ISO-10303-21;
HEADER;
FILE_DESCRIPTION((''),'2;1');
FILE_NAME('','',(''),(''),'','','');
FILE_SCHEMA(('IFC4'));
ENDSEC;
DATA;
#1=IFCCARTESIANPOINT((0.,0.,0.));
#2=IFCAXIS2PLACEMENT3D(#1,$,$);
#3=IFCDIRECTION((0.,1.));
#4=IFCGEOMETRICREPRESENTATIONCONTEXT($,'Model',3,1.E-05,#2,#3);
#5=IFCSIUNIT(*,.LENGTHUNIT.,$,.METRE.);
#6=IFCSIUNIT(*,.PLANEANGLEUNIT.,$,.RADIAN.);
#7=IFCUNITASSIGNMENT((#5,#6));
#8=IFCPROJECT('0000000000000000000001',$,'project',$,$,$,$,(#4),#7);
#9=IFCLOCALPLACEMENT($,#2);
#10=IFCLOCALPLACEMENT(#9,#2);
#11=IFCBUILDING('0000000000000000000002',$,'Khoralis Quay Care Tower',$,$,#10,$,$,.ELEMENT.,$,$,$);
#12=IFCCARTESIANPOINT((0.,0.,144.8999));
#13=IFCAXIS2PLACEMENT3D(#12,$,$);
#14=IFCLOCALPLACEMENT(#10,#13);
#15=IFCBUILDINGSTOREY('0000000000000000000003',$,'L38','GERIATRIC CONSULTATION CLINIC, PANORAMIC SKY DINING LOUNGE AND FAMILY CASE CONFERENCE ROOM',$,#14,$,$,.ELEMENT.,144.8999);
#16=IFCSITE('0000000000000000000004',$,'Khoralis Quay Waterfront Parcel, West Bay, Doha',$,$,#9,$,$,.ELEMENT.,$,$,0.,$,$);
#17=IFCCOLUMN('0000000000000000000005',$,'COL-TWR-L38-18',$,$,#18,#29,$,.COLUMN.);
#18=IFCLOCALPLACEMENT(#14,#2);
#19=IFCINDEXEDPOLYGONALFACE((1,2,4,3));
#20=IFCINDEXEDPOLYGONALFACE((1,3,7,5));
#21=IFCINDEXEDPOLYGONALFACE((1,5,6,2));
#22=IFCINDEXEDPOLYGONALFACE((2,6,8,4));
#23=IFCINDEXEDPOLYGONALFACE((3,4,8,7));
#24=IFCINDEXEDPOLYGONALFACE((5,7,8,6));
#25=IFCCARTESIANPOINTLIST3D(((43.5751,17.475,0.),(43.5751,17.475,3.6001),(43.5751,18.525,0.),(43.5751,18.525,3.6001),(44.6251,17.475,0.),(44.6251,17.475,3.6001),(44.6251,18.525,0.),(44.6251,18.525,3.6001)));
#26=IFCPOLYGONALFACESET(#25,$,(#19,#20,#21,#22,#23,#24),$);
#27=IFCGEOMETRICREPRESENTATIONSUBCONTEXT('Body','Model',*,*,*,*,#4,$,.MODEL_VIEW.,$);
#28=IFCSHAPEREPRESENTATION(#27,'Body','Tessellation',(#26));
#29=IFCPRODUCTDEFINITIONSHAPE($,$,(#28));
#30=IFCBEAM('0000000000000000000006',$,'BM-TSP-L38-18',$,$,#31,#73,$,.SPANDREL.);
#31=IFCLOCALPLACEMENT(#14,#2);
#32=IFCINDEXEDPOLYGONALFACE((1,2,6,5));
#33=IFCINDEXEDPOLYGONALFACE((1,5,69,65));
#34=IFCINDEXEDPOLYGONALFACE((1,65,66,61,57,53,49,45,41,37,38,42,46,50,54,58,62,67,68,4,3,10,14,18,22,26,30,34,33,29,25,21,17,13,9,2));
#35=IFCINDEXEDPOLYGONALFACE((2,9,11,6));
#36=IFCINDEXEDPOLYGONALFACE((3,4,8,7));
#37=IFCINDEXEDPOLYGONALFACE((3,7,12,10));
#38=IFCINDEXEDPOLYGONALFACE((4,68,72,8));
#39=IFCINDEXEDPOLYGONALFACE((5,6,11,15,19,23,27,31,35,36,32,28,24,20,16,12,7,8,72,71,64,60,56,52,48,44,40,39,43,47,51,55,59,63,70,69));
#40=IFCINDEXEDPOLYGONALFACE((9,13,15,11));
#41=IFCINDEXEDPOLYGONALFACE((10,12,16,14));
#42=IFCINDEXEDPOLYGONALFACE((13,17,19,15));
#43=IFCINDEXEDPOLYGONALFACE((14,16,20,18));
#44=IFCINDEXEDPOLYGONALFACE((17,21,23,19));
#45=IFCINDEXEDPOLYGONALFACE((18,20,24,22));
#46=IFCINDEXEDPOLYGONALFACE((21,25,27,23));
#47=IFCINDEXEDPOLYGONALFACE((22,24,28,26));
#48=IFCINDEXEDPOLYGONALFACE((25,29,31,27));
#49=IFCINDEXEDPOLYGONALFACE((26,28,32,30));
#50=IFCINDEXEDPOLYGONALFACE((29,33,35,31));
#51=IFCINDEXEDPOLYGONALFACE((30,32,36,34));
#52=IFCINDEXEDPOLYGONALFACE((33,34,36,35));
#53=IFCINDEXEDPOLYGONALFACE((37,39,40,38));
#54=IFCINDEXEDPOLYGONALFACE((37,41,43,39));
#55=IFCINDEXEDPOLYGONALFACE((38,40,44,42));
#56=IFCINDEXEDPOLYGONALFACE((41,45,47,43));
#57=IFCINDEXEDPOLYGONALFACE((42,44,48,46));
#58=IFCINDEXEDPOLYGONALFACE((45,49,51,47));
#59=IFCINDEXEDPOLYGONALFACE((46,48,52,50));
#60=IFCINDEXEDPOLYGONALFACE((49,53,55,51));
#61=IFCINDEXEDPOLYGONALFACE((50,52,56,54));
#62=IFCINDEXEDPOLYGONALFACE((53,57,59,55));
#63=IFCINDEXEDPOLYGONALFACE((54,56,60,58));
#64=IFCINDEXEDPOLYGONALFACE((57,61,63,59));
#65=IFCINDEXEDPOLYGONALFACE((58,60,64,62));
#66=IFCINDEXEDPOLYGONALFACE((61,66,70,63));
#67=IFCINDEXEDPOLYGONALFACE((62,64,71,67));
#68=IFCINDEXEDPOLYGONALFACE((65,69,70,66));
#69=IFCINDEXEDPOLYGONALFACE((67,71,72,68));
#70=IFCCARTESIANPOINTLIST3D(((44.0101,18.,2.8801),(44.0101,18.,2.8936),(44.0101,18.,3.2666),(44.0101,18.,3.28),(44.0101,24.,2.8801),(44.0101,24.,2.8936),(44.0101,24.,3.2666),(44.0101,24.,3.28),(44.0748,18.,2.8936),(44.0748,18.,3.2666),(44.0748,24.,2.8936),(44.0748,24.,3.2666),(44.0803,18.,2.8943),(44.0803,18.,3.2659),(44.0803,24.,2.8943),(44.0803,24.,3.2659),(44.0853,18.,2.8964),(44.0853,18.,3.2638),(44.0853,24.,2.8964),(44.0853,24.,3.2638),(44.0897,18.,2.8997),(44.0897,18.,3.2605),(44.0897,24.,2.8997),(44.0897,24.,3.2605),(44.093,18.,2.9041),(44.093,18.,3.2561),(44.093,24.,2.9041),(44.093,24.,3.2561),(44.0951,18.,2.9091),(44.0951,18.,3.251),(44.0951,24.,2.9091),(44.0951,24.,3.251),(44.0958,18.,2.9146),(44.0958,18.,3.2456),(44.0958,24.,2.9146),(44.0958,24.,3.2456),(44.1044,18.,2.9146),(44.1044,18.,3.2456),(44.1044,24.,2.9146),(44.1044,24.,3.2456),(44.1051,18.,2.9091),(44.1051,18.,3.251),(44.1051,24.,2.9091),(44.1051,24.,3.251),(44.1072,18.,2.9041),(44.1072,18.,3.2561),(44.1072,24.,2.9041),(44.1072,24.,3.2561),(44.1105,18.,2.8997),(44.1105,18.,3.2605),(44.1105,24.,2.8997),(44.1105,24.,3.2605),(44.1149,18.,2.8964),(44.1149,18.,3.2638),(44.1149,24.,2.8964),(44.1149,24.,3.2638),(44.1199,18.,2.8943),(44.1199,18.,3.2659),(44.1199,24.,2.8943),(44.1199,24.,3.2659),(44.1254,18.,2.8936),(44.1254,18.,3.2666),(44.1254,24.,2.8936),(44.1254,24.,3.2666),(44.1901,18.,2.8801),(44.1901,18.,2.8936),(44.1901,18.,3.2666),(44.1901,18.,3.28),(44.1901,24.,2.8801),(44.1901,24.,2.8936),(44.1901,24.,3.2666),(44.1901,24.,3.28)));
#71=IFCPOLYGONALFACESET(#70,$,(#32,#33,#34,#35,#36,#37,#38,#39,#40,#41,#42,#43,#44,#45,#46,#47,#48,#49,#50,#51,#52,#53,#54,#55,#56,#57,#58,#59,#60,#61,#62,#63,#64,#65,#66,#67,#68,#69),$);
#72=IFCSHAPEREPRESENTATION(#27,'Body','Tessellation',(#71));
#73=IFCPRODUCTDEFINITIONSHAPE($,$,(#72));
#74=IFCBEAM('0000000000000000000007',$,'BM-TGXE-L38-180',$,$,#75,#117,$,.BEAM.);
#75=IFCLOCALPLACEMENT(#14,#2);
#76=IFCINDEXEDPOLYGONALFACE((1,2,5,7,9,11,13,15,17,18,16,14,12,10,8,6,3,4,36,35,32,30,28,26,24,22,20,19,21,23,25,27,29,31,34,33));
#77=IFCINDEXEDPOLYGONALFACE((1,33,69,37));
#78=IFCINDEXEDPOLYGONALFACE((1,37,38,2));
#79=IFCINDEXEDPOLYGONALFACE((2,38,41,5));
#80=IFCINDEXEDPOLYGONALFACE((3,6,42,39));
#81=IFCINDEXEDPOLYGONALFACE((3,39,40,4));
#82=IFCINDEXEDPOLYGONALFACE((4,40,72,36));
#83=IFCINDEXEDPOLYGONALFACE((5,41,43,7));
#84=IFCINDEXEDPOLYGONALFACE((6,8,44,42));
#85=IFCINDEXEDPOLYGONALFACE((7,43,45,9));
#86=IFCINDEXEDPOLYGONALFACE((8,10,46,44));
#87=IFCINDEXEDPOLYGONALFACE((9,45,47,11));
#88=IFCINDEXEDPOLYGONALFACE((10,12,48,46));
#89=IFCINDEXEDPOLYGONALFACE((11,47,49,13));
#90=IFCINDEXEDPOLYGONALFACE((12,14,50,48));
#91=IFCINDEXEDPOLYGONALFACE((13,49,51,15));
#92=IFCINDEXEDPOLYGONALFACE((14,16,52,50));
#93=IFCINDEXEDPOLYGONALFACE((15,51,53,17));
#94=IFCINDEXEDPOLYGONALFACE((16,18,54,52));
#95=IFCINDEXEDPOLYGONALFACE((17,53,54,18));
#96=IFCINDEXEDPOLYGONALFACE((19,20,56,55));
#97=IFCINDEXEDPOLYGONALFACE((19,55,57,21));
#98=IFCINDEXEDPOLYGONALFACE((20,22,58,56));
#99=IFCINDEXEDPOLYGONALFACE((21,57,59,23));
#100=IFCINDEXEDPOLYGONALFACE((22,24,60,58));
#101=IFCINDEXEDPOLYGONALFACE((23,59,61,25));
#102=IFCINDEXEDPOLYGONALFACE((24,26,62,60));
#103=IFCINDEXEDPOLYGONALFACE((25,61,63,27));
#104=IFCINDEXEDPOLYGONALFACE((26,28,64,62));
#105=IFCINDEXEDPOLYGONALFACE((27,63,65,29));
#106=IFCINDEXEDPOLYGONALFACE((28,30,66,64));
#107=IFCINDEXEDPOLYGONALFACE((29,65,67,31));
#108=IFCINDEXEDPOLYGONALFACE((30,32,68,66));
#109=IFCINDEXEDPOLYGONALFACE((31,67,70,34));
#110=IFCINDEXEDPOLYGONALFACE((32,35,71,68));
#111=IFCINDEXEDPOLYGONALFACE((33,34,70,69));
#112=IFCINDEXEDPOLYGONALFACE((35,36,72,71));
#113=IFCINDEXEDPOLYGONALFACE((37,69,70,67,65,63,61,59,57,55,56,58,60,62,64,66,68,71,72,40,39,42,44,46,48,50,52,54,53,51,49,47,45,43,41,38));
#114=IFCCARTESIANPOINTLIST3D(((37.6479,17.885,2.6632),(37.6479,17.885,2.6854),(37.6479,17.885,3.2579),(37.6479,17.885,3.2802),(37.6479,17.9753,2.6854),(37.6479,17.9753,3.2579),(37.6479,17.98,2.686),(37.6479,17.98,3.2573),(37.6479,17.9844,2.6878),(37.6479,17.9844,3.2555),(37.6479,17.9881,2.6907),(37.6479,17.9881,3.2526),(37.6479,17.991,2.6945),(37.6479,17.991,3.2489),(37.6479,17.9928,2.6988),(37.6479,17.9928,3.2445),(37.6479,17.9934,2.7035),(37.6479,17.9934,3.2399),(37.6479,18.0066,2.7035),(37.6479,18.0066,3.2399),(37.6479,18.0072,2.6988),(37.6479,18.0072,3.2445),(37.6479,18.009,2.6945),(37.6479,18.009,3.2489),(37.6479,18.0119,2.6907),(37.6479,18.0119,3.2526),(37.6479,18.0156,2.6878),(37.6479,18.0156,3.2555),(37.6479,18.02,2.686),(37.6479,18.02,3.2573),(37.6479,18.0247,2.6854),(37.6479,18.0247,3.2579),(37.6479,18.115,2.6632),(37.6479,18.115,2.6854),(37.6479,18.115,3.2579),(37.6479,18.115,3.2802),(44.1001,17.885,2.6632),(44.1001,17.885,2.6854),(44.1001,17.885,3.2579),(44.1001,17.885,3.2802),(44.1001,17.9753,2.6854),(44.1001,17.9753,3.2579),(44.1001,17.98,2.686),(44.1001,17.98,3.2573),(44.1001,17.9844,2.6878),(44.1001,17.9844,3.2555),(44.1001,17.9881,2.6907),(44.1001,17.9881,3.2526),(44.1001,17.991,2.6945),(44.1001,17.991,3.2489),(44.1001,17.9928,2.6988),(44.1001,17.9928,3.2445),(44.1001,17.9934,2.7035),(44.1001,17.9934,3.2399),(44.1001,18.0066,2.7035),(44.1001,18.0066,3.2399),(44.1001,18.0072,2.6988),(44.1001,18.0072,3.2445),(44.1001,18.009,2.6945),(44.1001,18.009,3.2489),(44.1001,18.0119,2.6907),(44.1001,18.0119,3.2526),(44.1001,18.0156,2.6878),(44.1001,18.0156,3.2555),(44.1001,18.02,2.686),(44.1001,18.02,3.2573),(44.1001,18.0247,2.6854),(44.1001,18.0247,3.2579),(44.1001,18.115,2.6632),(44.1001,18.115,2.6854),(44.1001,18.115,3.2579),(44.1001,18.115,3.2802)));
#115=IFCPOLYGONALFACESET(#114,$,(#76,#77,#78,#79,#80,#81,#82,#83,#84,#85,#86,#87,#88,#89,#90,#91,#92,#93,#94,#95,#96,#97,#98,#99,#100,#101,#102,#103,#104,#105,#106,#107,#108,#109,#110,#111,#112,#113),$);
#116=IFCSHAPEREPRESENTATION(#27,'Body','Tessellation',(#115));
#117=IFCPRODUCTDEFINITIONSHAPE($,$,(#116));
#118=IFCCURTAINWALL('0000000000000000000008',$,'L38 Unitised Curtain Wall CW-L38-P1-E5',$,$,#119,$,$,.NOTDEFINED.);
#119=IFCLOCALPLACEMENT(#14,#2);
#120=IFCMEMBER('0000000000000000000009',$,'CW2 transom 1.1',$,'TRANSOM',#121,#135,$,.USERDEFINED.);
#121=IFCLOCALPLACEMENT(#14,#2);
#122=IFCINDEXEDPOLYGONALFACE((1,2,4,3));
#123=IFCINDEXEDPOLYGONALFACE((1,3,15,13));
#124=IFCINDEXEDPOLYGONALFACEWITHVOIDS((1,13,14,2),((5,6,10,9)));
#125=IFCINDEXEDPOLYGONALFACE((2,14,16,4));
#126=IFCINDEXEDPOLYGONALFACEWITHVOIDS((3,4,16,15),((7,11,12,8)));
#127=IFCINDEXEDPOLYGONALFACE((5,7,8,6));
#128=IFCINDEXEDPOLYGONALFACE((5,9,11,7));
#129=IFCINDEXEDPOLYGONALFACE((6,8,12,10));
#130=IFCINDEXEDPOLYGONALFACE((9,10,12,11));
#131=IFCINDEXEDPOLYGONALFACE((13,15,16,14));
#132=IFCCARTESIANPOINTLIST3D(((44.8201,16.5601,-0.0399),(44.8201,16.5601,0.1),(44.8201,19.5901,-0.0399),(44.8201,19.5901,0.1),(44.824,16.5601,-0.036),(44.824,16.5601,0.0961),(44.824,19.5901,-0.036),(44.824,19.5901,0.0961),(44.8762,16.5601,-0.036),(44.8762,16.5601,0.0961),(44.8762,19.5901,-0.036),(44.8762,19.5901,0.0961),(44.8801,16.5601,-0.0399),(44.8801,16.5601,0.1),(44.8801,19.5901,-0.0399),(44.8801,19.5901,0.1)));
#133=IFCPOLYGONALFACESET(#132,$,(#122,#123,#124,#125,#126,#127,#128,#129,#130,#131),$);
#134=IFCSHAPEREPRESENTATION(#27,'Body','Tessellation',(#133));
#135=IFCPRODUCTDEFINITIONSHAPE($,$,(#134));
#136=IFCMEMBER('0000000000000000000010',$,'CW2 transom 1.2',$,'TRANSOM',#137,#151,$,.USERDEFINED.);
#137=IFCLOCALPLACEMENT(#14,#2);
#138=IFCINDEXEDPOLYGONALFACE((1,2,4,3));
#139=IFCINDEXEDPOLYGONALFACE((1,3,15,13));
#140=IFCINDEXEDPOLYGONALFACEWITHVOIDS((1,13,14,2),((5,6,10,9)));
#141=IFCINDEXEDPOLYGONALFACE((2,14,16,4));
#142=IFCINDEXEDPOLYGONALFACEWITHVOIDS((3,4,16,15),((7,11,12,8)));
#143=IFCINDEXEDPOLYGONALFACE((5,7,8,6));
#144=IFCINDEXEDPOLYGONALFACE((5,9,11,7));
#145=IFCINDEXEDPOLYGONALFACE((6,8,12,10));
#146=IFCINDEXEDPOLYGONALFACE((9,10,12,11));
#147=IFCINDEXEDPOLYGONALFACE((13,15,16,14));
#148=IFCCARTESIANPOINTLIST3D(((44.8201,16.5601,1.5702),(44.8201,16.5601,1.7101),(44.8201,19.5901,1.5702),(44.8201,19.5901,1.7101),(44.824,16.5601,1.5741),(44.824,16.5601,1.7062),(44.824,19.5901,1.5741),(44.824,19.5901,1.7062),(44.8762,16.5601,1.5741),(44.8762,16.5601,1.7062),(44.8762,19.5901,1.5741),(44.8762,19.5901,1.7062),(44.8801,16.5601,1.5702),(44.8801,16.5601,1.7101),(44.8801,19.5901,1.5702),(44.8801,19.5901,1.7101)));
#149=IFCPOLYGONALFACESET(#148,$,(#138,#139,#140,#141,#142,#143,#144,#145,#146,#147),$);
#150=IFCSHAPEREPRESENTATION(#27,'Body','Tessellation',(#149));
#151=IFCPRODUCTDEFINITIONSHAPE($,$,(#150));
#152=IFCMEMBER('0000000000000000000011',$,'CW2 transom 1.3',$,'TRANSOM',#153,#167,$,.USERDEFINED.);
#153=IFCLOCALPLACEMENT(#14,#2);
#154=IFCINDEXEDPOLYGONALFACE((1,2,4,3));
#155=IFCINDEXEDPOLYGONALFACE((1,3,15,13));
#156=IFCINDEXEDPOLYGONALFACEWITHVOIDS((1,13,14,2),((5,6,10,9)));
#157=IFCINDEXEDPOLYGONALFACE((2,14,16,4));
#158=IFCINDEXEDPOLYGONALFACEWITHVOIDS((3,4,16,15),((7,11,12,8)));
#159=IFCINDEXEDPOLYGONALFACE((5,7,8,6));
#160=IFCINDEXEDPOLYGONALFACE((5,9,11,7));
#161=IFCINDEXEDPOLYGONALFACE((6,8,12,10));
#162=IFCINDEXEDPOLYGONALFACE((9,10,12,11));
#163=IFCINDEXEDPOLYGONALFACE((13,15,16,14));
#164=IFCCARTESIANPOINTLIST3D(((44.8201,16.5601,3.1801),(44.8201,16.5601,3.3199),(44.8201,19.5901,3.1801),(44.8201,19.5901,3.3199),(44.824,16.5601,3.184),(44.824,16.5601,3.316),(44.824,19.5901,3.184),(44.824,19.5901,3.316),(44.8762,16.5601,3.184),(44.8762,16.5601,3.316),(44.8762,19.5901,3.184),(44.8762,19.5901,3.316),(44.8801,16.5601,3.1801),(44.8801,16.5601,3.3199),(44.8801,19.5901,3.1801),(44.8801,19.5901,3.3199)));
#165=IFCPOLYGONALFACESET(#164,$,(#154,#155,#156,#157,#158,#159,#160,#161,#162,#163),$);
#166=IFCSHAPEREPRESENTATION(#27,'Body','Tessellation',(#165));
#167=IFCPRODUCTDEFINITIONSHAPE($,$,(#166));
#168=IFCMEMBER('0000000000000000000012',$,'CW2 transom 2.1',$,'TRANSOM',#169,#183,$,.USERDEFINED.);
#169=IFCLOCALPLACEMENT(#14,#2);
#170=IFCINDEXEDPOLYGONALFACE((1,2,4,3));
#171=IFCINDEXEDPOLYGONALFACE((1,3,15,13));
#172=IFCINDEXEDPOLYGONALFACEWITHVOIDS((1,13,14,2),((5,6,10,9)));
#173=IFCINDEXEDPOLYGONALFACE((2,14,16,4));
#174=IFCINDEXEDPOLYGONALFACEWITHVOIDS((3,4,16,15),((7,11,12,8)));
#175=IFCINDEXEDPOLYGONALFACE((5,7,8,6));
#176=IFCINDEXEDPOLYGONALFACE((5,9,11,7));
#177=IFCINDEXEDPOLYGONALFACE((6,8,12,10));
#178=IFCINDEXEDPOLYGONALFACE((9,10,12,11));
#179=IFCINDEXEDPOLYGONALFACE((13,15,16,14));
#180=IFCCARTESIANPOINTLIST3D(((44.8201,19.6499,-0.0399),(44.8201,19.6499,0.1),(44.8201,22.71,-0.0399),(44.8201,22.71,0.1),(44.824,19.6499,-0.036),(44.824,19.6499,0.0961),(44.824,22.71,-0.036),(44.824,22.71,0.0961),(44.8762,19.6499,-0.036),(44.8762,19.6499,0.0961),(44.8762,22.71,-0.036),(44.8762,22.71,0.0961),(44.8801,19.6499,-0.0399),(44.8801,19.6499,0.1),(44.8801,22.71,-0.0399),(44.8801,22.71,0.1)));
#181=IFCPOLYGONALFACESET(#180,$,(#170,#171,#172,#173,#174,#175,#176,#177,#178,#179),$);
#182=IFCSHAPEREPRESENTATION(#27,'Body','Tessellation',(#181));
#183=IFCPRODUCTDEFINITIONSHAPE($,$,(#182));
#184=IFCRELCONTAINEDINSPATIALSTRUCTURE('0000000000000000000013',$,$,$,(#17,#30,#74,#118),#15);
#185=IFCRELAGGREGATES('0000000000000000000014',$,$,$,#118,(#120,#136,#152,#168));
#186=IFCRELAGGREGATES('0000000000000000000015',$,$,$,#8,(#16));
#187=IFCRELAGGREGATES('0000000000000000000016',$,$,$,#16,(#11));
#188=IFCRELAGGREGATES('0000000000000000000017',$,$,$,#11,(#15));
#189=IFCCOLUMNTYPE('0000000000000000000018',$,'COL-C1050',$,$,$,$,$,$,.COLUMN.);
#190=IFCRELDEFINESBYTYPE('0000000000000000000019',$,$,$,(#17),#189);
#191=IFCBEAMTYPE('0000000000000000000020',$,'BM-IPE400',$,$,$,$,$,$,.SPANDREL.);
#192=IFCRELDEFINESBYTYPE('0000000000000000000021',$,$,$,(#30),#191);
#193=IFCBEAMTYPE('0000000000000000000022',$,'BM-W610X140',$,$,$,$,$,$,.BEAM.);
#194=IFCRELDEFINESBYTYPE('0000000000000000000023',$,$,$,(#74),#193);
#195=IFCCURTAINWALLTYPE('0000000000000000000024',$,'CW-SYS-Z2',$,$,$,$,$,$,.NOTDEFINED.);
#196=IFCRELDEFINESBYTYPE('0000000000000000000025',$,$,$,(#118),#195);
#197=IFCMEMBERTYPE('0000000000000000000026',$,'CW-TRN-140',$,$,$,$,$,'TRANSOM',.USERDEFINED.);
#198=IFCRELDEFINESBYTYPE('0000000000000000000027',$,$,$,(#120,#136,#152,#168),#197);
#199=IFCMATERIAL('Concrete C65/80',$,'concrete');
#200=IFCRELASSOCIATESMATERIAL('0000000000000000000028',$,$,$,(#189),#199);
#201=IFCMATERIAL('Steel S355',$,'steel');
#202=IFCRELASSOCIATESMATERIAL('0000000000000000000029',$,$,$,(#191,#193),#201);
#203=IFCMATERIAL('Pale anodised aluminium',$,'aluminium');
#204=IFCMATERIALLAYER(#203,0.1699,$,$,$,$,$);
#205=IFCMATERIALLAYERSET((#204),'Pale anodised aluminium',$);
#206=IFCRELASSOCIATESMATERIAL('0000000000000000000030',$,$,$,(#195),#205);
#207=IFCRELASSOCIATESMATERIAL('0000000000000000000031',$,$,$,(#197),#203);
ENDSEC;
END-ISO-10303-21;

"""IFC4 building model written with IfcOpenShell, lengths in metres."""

from ifc_helpers import new_model, si_unit, direction, frame, origin, origin_2d, place, context, subcontext, project, spatial, rectangle, hollow_rectangle, i_section, extrude, source, transform, mapped, material, layer, layer_set, material_profile, profile_set, type_object, element, aggregate, save


model = new_model("IFC4")

# Units and contexts
model_context = context("Model", 3, precision=1e-05, world=origin(), true_north=direction((0.0, 1.0)))
body_context = subcontext(model_context, "Body", "Model", "MODEL_VIEW")
ifc_project = project(units=[si_unit("LENGTHUNIT", "METRE"), si_unit("PLANEANGLEUNIT", "RADIAN")], contexts=[model_context])

# Site, building, storey
site_placement = place(None, origin())
site = spatial("IfcSite", under=ifc_project, at=site_placement, Name="Khoralis Quay Waterfront Parcel, West Bay, Doha", CompositionType="ELEMENT", RefElevation=0.0)
building_placement = place(site_placement, origin())
building = spatial("IfcBuilding", under=site, at=building_placement, Name="Khoralis Quay Care Tower", CompositionType="ELEMENT")
storey_placement = place(building_placement, frame((0.0, 0.0, 144.8999)))
storey = spatial("IfcBuildingStorey", under=building, at=storey_placement, Name="L38", Description="GERIATRIC CONSULTATION CLINIC, PANORAMIC SKY DINING LOUNGE AND FAMILY CASE CONFERENCE ROOM", CompositionType="ELEMENT", Elevation=144.8999)

# Column
ifc_material_1 = material(Name="Concrete C65/80", Category="concrete")
ifc_material_profile_1 = material_profile(ifc_material_1, rectangle(XDim=1.05, YDim=1.05, at=origin_2d()), Name="Concrete C65/80")
ifc_profile_set_1 = profile_set([ifc_material_profile_1], Name="Concrete C65/80")
column_type = type_object("IfcColumnType", Name="COL-C1050", PredefinedType="COLUMN", material=ifc_profile_set_1)
shared_shape_1 = source(origin(), body_context, "Body", "SweptSolid", [
    extrude(rectangle(XDim=1.05, YDim=1.05, at=origin_2d()), origin(), (0.0, 0.0, 1.0), 3.6001),
])
column_placement = place(storey_placement, frame((44.1001, 18.0, 0.0), z_axis=(0.0, 0.0, 1.0), x_axis=(1.0, 0.0, 0.0)))
element("IfcColumn", 1, at=column_placement, inside=storey, type_object=column_type, Name="COL-TWR-L38-18", PredefinedType="COLUMN", context=body_context, shape_type="MappedRepresentation", body=[
    mapped(shared_shape_1, transform((0.0, 0.0, 0.0), scale=1.0)),
])

# Beams
ifc_material_2 = material(Name="Steel S355", Category="steel")
ifc_material_profile_2 = material_profile(ifc_material_2, i_section(OverallWidth=0.1799, OverallDepth=0.3999, WebThickness=0.0085, FlangeThickness=0.0134, FilletRadius=0.021, at=origin_2d()), Name="Steel S355")
ifc_profile_set_2 = profile_set([ifc_material_profile_2], Name="Steel S355")
beam_type_1 = type_object("IfcBeamType", Name="BM-IPE400", PredefinedType="SPANDREL", material=ifc_profile_set_2)
shared_shape_2 = source(origin(), body_context, "Body", "SweptSolid", [
    extrude(i_section(OverallWidth=0.1799, OverallDepth=0.3999, WebThickness=0.0085, FlangeThickness=0.0134, FilletRadius=0.021, at=origin_2d()), origin(), (0.0, 0.0, 1.0), 6.0),
])
beam_1_placement = place(storey_placement, frame((44.1001, 18.0, 3.0801), z_axis=(0.0, 1.0, 0.0), x_axis=(-1.0, 0.0, 0.0)))
element("IfcBeam", 2, at=beam_1_placement, inside=storey, type_object=beam_type_1, Name="BM-TSP-L38-18", PredefinedType="SPANDREL", context=body_context, shape_type="MappedRepresentation", body=[
    mapped(shared_shape_2, transform((0.0, 0.0, 0.0), scale=1.0)),
])
ifc_material_profile_3 = material_profile(ifc_material_2, i_section(OverallWidth=0.23, OverallDepth=0.6169, WebThickness=0.0132, FlangeThickness=0.0222, FilletRadius=0.0181, at=origin_2d()), Name="Steel S355")
ifc_profile_set_3 = profile_set([ifc_material_profile_3], Name="Steel S355")
beam_type_2 = type_object("IfcBeamType", Name="BM-W610X140", PredefinedType="BEAM", material=ifc_profile_set_3)
shared_shape_3 = source(origin(), body_context, "Body", "SweptSolid", [
    extrude(i_section(OverallWidth=0.23, OverallDepth=0.6169, WebThickness=0.0132, FlangeThickness=0.0222, FilletRadius=0.0181, at=origin_2d()), origin(), (0.0, 0.0, 1.0), 6.4521),
])
beam_2_placement = place(storey_placement, frame((37.6479, 18.0, 2.9717), z_axis=(1.0, 0.0, 0.0), x_axis=(0.0, 1.0, 0.0)))
element("IfcBeam", 3, at=beam_2_placement, inside=storey, type_object=beam_type_2, Name="BM-TGXE-L38-180", PredefinedType="BEAM", context=body_context, shape_type="MappedRepresentation", body=[
    mapped(shared_shape_3, transform((0.0, 0.0, 0.0), scale=1.0)),
])

# Curtain wall, members
ifc_material_3 = material(Name="Pale anodised aluminium", Category="aluminium")
ifc_layer_1 = layer(ifc_material_3, 0.1699)
ifc_layer_set_1 = layer_set([ifc_layer_1], Name="Pale anodised aluminium")
curtain_wall_type = type_object("IfcCurtainWallType", Name="CW-SYS-Z2", PredefinedType="NOTDEFINED", material=ifc_layer_set_1)
curtain_wall_placement = place(storey_placement, origin())
curtain_wall = element("IfcCurtainWall", 4, at=curtain_wall_placement, inside=storey, type_object=curtain_wall_type, Name="L38 Unitised Curtain Wall CW-L38-P1-E5", PredefinedType="NOTDEFINED")
ifc_material_profile_4 = material_profile(ifc_material_3, hollow_rectangle(XDim=0.0601, YDim=0.1399, WallThickness=0.0039, at=origin_2d()), Name="Pale anodised aluminium")
ifc_profile_set_4 = profile_set([ifc_material_profile_4], Name="Pale anodised aluminium")
member_type_1 = type_object("IfcMemberType", Name="CW-TRN-140", ElementType="TRANSOM", PredefinedType="USERDEFINED", material=ifc_profile_set_4)
shared_shape_4 = source(origin(), body_context, "Body", "SweptSolid", [
    extrude(hollow_rectangle(XDim=0.0601, YDim=0.1399, WallThickness=0.0039, at=origin_2d()), origin(), (0.0, 0.0, 1.0), 3.03),
])
member_1_placement = place(storey_placement, frame((44.8501, 16.5601, 0.03), z_axis=(0.0, 1.0, 0.0), x_axis=(-1.0, 0.0, 0.0)))
member_1 = element("IfcMember", 5, at=member_1_placement, type_object=member_type_1, Name="CW2 transom 1.1", ObjectType="TRANSOM", PredefinedType="USERDEFINED", context=body_context, shape_type="MappedRepresentation", body=[
    mapped(shared_shape_4, transform((0.0, 0.0, 0.0), scale=1.0)),
])
member_2_placement = place(storey_placement, frame((44.8501, 16.5601, 1.6401), z_axis=(0.0, 1.0, 0.0), x_axis=(-1.0, 0.0, 0.0)))
member_2 = element("IfcMember", 6, at=member_2_placement, type_object=member_type_1, Name="CW2 transom 1.2", ObjectType="TRANSOM", PredefinedType="USERDEFINED", context=body_context, shape_type="MappedRepresentation", body=[
    mapped(shared_shape_4, transform((0.0, 0.0, 0.0), scale=1.0)),
])
member_3_placement = place(storey_placement, frame((44.8501, 16.5601, 3.25), z_axis=(0.0, 1.0, 0.0), x_axis=(-1.0, 0.0, 0.0)))
member_3 = element("IfcMember", 7, at=member_3_placement, type_object=member_type_1, Name="CW2 transom 1.3", ObjectType="TRANSOM", PredefinedType="USERDEFINED", context=body_context, shape_type="MappedRepresentation", body=[
    mapped(shared_shape_4, transform((0.0, 0.0, 0.0), scale=1.0)),
])
shared_shape_5 = source(origin(), body_context, "Body", "SweptSolid", [
    extrude(hollow_rectangle(XDim=0.0601, YDim=0.1399, WallThickness=0.0039, at=origin_2d()), origin(), (0.0, 0.0, 1.0), 3.0601),
])
member_4_placement = place(storey_placement, frame((44.8501, 19.6499, 0.03), z_axis=(0.0, 1.0, 0.0), x_axis=(-1.0, 0.0, 0.0)))
member_4 = element("IfcMember", 8, at=member_4_placement, type_object=member_type_1, Name="CW2 transom 2.1", ObjectType="TRANSOM", PredefinedType="USERDEFINED", context=body_context, shape_type="MappedRepresentation", body=[
    mapped(shared_shape_5, transform((0.0, 0.0, 0.0), scale=1.0)),
])
aggregate(curtain_wall, [member_1, member_2, member_3, member_4])

save(model, "model.ifc")
